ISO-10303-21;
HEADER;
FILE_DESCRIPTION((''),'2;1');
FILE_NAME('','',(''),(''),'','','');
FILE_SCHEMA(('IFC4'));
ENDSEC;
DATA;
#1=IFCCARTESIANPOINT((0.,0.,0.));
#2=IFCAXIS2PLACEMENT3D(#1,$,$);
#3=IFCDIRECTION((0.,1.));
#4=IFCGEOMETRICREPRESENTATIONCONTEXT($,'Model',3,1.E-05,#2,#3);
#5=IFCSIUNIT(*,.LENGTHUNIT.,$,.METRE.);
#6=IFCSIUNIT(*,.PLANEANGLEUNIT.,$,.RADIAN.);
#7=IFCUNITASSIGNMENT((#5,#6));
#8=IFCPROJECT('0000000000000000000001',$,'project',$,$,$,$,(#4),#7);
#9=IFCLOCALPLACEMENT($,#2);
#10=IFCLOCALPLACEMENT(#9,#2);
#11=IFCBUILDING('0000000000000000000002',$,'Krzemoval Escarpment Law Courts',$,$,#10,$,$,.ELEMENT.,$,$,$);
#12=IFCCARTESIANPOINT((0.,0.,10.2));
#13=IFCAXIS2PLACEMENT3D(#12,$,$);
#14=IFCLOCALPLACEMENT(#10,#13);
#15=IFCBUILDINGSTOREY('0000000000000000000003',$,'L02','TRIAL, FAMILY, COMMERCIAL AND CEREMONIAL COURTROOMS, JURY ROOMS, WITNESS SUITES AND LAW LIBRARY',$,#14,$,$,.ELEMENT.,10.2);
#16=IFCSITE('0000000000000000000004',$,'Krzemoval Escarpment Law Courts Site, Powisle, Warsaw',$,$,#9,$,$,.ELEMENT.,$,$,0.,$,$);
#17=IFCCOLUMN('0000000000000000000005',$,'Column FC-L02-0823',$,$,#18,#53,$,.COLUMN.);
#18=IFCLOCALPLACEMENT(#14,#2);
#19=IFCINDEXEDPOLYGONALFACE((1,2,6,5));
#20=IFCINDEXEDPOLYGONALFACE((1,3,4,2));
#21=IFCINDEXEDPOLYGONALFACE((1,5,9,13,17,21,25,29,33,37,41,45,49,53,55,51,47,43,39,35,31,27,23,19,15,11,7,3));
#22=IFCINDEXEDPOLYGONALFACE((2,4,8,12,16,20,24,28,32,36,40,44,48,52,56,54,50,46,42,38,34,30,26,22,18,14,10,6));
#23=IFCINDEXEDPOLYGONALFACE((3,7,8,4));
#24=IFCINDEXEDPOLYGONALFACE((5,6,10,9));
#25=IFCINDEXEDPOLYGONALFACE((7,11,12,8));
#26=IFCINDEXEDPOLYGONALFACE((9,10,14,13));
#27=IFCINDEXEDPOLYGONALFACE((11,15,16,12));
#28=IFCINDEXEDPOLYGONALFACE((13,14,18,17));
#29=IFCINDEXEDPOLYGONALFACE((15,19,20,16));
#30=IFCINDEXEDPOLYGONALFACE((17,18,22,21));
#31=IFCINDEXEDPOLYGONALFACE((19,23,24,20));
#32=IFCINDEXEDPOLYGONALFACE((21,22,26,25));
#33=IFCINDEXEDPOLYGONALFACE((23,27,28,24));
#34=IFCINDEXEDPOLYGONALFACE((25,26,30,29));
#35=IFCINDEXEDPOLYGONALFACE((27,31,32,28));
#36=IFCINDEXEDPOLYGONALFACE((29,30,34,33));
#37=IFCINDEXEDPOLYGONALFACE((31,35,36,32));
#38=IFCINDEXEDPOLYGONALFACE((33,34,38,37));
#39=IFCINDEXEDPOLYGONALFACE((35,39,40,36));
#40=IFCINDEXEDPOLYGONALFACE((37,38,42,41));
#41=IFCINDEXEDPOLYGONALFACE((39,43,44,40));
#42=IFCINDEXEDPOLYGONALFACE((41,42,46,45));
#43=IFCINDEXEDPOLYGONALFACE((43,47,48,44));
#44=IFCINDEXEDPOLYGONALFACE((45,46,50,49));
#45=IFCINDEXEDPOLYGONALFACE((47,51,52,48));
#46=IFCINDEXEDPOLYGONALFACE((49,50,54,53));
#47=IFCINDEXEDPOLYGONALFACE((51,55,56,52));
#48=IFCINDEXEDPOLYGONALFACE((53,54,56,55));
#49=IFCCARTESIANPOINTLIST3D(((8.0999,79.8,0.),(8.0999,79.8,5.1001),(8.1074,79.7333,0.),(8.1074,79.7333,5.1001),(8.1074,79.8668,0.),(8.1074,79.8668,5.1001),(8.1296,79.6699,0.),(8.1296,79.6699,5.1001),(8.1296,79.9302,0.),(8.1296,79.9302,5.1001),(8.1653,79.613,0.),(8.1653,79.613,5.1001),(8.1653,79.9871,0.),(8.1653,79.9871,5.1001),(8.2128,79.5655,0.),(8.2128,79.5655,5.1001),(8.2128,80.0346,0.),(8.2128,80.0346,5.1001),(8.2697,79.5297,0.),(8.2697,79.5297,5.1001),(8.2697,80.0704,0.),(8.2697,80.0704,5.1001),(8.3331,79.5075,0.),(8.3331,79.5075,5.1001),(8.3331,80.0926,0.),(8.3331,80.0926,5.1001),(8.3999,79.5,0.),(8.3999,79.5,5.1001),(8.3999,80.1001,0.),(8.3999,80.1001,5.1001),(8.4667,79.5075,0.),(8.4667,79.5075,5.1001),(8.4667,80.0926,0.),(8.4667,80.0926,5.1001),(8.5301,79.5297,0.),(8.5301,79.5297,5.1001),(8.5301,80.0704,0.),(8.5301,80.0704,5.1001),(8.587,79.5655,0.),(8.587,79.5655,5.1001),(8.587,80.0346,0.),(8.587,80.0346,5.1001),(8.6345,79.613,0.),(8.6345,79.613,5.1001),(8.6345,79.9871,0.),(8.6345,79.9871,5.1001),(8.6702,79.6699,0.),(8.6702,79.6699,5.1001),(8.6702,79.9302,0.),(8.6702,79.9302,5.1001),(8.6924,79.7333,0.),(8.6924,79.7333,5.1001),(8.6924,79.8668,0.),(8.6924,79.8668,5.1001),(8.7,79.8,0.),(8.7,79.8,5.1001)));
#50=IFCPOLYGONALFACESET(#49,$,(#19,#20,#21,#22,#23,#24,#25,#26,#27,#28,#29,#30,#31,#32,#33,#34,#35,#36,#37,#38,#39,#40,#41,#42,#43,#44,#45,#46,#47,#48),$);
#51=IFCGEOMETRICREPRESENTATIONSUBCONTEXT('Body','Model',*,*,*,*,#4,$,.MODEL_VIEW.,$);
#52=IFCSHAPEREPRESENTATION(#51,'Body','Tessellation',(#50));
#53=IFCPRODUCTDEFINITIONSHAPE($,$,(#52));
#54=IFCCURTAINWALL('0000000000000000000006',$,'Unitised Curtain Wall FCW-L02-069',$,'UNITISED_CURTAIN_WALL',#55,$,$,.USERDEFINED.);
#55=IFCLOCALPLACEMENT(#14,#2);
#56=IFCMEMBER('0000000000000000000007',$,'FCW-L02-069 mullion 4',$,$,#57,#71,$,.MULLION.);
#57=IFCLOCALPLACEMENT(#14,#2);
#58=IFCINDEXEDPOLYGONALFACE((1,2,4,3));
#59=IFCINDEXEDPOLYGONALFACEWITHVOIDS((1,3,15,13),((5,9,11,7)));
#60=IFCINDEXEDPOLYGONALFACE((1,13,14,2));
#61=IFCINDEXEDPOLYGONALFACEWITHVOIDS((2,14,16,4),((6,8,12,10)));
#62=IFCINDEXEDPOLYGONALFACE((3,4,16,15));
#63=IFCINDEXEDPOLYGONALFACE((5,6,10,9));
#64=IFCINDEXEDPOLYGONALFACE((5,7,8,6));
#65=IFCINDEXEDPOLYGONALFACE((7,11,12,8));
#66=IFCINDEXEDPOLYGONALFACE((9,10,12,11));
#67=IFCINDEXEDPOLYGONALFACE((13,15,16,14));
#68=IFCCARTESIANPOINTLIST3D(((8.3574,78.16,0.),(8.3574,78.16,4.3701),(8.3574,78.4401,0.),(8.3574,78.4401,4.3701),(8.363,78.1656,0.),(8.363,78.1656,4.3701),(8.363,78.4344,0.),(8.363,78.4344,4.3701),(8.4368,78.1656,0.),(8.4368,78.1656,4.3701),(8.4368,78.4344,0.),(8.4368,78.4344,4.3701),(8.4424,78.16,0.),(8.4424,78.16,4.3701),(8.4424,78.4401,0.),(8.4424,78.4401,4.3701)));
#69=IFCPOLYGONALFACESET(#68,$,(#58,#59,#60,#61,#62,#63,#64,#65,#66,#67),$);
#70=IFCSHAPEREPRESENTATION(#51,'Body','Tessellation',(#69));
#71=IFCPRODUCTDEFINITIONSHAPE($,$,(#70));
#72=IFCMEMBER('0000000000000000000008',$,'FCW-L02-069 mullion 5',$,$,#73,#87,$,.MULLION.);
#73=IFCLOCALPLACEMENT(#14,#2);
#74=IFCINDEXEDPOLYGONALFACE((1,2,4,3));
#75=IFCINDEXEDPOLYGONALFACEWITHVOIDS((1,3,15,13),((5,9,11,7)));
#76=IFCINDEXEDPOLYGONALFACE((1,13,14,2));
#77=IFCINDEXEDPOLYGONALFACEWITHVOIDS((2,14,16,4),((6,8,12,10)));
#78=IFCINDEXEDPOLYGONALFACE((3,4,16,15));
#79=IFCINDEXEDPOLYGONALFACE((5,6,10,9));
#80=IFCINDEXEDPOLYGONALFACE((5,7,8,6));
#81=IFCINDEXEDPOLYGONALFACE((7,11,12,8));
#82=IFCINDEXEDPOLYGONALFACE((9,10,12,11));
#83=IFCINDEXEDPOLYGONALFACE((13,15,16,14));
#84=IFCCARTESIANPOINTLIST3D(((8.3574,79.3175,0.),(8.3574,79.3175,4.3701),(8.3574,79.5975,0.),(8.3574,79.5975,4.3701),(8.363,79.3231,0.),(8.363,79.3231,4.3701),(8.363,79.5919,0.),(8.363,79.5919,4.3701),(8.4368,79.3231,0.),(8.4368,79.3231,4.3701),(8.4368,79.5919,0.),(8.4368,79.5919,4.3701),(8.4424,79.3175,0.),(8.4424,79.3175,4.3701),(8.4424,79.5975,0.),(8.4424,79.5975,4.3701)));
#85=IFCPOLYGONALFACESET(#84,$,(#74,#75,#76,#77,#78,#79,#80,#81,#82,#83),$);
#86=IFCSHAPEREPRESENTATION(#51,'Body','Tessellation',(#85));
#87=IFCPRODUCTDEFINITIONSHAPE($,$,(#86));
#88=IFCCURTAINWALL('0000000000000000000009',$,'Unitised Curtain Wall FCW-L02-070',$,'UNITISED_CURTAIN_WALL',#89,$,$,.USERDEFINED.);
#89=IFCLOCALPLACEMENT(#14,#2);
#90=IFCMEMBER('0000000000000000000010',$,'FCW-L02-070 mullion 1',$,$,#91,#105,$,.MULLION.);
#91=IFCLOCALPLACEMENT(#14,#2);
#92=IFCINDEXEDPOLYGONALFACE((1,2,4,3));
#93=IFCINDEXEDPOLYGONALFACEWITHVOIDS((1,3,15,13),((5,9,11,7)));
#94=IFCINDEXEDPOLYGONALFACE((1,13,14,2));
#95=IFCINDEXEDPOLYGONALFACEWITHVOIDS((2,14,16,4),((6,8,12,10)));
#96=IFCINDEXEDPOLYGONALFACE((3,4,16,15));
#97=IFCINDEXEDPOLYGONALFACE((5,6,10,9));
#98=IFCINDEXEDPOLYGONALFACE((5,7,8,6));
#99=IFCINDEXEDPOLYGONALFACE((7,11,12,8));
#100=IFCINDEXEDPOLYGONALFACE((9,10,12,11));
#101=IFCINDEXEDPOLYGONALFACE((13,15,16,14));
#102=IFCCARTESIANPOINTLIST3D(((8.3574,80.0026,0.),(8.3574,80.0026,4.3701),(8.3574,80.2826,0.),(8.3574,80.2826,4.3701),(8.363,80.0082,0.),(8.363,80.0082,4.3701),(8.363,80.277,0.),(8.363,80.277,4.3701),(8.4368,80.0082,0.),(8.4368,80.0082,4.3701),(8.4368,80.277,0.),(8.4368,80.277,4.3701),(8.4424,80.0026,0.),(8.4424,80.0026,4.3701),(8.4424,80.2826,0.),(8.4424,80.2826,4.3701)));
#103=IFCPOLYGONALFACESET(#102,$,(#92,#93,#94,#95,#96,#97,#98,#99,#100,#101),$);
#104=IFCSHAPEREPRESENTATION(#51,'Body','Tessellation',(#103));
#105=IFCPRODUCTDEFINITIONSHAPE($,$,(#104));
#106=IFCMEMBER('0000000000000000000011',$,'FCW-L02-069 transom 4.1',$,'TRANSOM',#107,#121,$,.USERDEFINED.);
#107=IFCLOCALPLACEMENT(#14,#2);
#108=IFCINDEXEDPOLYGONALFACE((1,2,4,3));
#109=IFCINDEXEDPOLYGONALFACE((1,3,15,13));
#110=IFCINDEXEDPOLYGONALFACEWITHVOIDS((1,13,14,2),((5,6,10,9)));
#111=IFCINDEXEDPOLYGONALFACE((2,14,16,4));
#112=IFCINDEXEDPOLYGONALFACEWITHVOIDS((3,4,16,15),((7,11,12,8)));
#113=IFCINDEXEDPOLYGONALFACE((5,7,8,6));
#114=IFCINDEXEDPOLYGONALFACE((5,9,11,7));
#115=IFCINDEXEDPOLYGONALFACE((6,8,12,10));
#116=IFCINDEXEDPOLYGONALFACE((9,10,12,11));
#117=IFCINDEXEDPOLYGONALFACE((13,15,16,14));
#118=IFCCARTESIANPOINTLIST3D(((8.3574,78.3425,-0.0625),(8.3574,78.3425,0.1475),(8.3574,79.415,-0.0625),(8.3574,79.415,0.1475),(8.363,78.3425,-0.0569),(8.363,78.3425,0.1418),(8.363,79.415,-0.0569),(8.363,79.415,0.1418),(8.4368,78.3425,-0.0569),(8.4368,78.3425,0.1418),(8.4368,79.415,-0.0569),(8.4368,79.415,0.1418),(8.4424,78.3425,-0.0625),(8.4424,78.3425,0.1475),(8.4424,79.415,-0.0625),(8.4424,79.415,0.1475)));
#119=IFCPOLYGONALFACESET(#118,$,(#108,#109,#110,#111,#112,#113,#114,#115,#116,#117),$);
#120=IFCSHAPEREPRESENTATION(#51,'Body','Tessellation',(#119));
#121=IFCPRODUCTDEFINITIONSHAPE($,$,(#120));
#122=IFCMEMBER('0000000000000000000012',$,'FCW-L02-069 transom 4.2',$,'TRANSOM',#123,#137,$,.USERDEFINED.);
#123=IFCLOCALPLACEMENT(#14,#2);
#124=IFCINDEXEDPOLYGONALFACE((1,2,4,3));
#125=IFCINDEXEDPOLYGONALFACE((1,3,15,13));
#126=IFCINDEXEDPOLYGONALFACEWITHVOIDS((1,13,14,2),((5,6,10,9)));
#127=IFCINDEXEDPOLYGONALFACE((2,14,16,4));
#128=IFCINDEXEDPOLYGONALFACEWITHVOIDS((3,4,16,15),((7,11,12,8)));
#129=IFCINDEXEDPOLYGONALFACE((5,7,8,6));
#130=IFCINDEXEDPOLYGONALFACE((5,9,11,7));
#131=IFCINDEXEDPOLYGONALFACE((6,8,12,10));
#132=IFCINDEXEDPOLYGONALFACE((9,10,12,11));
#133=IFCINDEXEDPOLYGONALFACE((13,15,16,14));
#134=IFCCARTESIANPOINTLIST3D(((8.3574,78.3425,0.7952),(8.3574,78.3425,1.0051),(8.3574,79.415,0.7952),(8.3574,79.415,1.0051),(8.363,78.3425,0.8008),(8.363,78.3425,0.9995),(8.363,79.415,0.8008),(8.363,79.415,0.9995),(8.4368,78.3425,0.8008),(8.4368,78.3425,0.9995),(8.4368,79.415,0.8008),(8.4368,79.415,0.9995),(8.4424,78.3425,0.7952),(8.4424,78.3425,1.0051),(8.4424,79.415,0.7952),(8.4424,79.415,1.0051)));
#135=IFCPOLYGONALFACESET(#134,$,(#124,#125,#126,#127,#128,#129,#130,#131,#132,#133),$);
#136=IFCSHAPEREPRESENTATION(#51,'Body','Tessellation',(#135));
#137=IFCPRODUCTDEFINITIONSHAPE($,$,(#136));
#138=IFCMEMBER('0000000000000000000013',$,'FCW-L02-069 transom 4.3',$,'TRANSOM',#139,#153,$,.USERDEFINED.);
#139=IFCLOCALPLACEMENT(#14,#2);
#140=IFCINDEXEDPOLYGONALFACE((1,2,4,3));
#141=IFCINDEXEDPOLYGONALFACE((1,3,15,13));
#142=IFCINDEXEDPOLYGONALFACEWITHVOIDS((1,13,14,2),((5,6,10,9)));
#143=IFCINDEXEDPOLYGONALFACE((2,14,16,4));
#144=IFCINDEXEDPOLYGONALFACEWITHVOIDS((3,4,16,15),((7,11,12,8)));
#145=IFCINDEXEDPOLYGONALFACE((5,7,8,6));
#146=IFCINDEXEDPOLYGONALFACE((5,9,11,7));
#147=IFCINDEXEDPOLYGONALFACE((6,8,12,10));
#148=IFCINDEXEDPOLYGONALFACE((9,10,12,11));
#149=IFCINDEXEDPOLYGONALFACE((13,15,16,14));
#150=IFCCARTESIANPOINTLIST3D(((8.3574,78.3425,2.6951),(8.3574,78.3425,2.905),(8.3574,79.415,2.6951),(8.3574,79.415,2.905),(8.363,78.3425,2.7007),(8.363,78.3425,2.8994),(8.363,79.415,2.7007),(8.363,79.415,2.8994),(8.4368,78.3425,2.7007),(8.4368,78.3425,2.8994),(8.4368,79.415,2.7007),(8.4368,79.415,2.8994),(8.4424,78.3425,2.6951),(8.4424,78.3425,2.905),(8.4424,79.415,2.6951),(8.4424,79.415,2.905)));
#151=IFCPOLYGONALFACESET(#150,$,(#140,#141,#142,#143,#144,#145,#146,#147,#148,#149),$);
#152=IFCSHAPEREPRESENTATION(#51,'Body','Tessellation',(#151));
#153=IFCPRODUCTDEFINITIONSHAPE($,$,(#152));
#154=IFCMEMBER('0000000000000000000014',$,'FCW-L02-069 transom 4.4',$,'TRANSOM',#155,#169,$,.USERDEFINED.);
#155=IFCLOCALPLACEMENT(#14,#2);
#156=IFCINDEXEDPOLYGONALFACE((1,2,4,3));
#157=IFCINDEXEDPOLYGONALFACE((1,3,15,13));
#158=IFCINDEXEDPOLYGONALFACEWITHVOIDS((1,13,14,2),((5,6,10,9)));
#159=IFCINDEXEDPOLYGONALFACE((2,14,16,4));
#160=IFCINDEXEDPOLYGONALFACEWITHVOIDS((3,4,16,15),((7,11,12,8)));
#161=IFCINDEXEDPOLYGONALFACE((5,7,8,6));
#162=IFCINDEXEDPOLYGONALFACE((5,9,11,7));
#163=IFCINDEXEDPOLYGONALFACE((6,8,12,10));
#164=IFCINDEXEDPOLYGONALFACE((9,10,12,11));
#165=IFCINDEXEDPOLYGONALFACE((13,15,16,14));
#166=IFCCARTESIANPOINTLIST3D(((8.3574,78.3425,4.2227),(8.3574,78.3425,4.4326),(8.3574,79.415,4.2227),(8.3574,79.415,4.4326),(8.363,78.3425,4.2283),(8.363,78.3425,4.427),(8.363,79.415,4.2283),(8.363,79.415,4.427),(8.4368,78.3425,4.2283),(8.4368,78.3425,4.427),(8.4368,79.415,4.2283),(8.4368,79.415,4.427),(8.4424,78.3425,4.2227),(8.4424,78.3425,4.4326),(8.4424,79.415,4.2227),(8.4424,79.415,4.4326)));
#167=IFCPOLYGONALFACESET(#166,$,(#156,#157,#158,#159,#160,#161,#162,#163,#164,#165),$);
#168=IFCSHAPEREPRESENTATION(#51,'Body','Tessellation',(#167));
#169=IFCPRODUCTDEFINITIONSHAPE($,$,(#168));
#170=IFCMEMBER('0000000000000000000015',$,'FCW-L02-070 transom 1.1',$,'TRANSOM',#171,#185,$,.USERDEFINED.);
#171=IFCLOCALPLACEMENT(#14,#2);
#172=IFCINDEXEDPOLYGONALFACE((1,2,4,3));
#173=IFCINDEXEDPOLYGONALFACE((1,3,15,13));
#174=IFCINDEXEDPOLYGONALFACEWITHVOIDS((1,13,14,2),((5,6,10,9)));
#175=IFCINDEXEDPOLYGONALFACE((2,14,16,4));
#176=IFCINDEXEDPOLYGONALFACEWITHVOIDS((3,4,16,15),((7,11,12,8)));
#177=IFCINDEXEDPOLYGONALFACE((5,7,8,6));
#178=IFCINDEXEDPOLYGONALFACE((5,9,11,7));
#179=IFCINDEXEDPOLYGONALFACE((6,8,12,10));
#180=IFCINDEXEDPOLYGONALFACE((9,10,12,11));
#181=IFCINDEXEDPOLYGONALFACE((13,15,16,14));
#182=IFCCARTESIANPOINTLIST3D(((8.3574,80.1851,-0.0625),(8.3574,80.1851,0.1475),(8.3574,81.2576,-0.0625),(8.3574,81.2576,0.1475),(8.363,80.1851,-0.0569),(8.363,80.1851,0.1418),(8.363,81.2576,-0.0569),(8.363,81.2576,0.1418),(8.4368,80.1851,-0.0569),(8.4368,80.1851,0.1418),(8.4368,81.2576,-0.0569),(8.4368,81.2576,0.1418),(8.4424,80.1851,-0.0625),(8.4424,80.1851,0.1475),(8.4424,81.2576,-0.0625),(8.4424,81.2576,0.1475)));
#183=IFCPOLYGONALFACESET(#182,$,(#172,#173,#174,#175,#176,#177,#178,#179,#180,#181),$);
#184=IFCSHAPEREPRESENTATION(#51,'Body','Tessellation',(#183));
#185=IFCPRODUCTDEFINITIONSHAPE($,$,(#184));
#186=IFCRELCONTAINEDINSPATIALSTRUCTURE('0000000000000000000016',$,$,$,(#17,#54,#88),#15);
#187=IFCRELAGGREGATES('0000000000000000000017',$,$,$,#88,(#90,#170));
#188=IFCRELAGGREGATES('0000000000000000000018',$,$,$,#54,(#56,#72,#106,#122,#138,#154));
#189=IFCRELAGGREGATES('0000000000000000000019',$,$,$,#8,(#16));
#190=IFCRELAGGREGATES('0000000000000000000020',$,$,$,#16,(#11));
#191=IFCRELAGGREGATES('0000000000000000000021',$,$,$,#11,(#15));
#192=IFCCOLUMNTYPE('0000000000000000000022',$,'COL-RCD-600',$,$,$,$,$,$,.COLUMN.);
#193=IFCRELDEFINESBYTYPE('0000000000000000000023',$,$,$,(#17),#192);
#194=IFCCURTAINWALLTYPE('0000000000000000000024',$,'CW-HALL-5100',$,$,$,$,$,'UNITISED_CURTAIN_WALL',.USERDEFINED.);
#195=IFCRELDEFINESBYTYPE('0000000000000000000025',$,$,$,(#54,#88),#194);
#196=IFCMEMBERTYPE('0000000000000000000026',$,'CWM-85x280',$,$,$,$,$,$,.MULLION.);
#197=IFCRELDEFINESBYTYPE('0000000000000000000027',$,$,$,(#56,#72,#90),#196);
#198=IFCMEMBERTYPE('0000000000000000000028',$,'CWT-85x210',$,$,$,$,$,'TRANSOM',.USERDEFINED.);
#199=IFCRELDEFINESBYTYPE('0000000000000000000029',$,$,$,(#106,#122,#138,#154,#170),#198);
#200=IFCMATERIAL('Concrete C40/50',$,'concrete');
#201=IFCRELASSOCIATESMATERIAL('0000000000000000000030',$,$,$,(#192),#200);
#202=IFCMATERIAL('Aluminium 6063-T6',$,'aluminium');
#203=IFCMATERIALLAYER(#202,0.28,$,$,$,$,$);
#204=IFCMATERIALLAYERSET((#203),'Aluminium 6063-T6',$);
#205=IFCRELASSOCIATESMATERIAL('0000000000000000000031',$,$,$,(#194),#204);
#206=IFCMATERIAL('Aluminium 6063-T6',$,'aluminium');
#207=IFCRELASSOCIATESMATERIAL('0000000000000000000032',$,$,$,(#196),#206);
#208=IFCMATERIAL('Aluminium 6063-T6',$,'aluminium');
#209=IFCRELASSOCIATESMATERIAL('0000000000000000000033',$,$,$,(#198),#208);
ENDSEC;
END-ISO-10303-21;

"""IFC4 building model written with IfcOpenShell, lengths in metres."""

from ifc_helpers import new_model, si_unit, direction, frame, origin, origin_2d, place, context, subcontext, project, spatial, hollow_rectangle, circle, extrude, material, layer, layer_set, material_profile, profile_set, type_object, element, aggregate, save


model = new_model("IFC4")

# Units and contexts
model_context = context("Model", 3, precision=1e-05, world=origin(), true_north=direction((0.0, 1.0)))
body_context = subcontext(model_context, "Body", "Model", "MODEL_VIEW")
ifc_project = project(units=[si_unit("LENGTHUNIT", "METRE"), si_unit("PLANEANGLEUNIT", "RADIAN")], contexts=[model_context])

# Site, building, storey
site_placement = place(None, origin())
site = spatial("IfcSite", under=ifc_project, at=site_placement, Name="Krzemoval Escarpment Law Courts Site, Powisle, Warsaw", CompositionType="ELEMENT", RefElevation=0.0)
building_placement = place(site_placement, origin())
building = spatial("IfcBuilding", under=site, at=building_placement, Name="Krzemoval Escarpment Law Courts", CompositionType="ELEMENT")
storey_placement = place(building_placement, frame((0.0, 0.0, 10.2)))
storey = spatial("IfcBuildingStorey", under=building, at=storey_placement, Name="L02", Description="TRIAL, FAMILY, COMMERCIAL AND CEREMONIAL COURTROOMS, JURY ROOMS, WITNESS SUITES AND LAW LIBRARY", CompositionType="ELEMENT", Elevation=10.2)

# Column
ifc_material_1 = material(Name="Concrete C40/50", Category="concrete")
ifc_material_profile_1 = material_profile(ifc_material_1, circle(Radius=0.3, at=origin_2d()), Name="RC D600")
ifc_profile_set_1 = profile_set([ifc_material_profile_1], Name="Concrete C40/50")
column_type = type_object("IfcColumnType", Name="COL-RCD-600", PredefinedType="COLUMN", material=ifc_profile_set_1)
column_placement = place(storey_placement, frame((8.3999, 79.8, 0.0), z_axis=(0.0, 0.0, 1.0), x_axis=(1.0, 0.0, 0.0)))
element("IfcColumn", 1, at=column_placement, inside=storey, type_object=column_type, Name="Column FC-L02-0823", PredefinedType="COLUMN", context=body_context, shape_type="SweptSolid", body=[
    extrude(circle(Radius=0.3, at=origin_2d()), origin(), (0.0, 0.0, 1.0), 5.1001),
])

# Curtain wall, members
ifc_material_2 = material(Name="Aluminium 6063-T6", Category="aluminium")
ifc_layer_1 = layer(ifc_material_2, 0.28)
ifc_layer_set_1 = layer_set([ifc_layer_1], Name="Aluminium 6063-T6")
curtain_wall_type = type_object("IfcCurtainWallType", Name="CW-HALL-5100", ElementType="UNITISED_CURTAIN_WALL", PredefinedType="USERDEFINED", material=ifc_layer_set_1)
curtain_wall_1_placement = place(storey_placement, origin())
curtain_wall_1 = element("IfcCurtainWall", 2, at=curtain_wall_1_placement, inside=storey, type_object=curtain_wall_type, Name="Unitised Curtain Wall FCW-L02-069", ObjectType="UNITISED_CURTAIN_WALL", PredefinedType="USERDEFINED")
ifc_material_3 = material(Name="Aluminium 6063-T6", Category="aluminium")
ifc_material_profile_2 = material_profile(ifc_material_3, hollow_rectangle(XDim=0.085, YDim=0.28, WallThickness=0.0056, at=origin_2d()), Name="ALU M85x280")
ifc_profile_set_2 = profile_set([ifc_material_profile_2], Name="Aluminium 6063-T6")
member_type_1 = type_object("IfcMemberType", Name="CWM-85x280", PredefinedType="MULLION", material=ifc_profile_set_2)
member_1_placement = place(storey_placement, frame((8.3999, 78.3, 0.0), z_axis=(0.0, 0.0, 1.0), x_axis=(-1.0, 0.0, 0.0)))
member_1 = element("IfcMember", 3, at=member_1_placement, type_object=member_type_1, Name="FCW-L02-069 mullion 4", PredefinedType="MULLION", context=body_context, shape_type="SweptSolid", body=[
    extrude(hollow_rectangle(XDim=0.085, YDim=0.28, WallThickness=0.0056, at=origin_2d()), origin(), (0.0, 0.0, 1.0), 4.3701),
])
member_2_placement = place(storey_placement, frame((8.3999, 79.4575, 0.0), z_axis=(0.0, 0.0, 1.0), x_axis=(-1.0, 0.0, 0.0)))
member_2 = element("IfcMember", 4, at=member_2_placement, type_object=member_type_1, Name="FCW-L02-069 mullion 5", PredefinedType="MULLION", context=body_context, shape_type="SweptSolid", body=[
    extrude(hollow_rectangle(XDim=0.085, YDim=0.28, WallThickness=0.0056, at=origin_2d()), origin(), (0.0, 0.0, 1.0), 4.3701),
])

# Curtain wall, member
curtain_wall_2_placement = place(storey_placement, origin())
curtain_wall_2 = element("IfcCurtainWall", 5, at=curtain_wall_2_placement, inside=storey, type_object=curtain_wall_type, Name="Unitised Curtain Wall FCW-L02-070", ObjectType="UNITISED_CURTAIN_WALL", PredefinedType="USERDEFINED")
member_3_placement = place(storey_placement, frame((8.3999, 80.1426, 0.0), z_axis=(0.0, 0.0, 1.0), x_axis=(-1.0, 0.0, 0.0)))
member_3 = element("IfcMember", 6, at=member_3_placement, type_object=member_type_1, Name="FCW-L02-070 mullion 1", PredefinedType="MULLION", context=body_context, shape_type="SweptSolid", body=[
    extrude(hollow_rectangle(XDim=0.085, YDim=0.28, WallThickness=0.0056, at=origin_2d()), origin(), (0.0, 0.0, 1.0), 4.3701),
])

# Members
ifc_material_4 = material(Name="Aluminium 6063-T6", Category="aluminium")
ifc_material_profile_3 = material_profile(ifc_material_4, hollow_rectangle(XDim=0.085, YDim=0.21, WallThickness=0.0056, at=origin_2d()), Name="ALU T85x210")
ifc_profile_set_3 = profile_set([ifc_material_profile_3], Name="Aluminium 6063-T6")
member_type_2 = type_object("IfcMemberType", Name="CWT-85x210", ElementType="TRANSOM", PredefinedType="USERDEFINED", material=ifc_profile_set_3)
member_4_placement = place(storey_placement, frame((8.3999, 78.3425, 0.0425), z_axis=(0.0, 1.0, 0.0), x_axis=(-1.0, 0.0, 0.0)))
member_4 = element("IfcMember", 7, at=member_4_placement, type_object=member_type_2, Name="FCW-L02-069 transom 4.1", ObjectType="TRANSOM", PredefinedType="USERDEFINED", context=body_context, shape_type="SweptSolid", body=[
    extrude(hollow_rectangle(XDim=0.085, YDim=0.21, WallThickness=0.0056, at=origin_2d()), origin(), (0.0, 0.0, 1.0), 1.0725),
])
member_5_placement = place(storey_placement, frame((8.3999, 78.3425, 0.9001), z_axis=(0.0, 1.0, 0.0), x_axis=(-1.0, 0.0, 0.0)))
member_5 = element("IfcMember", 8, at=member_5_placement, type_object=member_type_2, Name="FCW-L02-069 transom 4.2", ObjectType="TRANSOM", PredefinedType="USERDEFINED", context=body_context, shape_type="SweptSolid", body=[
    extrude(hollow_rectangle(XDim=0.085, YDim=0.21, WallThickness=0.0056, at=origin_2d()), origin(), (0.0, 0.0, 1.0), 1.0725),
])
member_6_placement = place(storey_placement, frame((8.3999, 78.3425, 2.8), z_axis=(0.0, 1.0, 0.0), x_axis=(-1.0, 0.0, 0.0)))
member_6 = element("IfcMember", 9, at=member_6_placement, type_object=member_type_2, Name="FCW-L02-069 transom 4.3", ObjectType="TRANSOM", PredefinedType="USERDEFINED", context=body_context, shape_type="SweptSolid", body=[
    extrude(hollow_rectangle(XDim=0.085, YDim=0.21, WallThickness=0.0056, at=origin_2d()), origin(), (0.0, 0.0, 1.0), 1.0725),
])
member_7_placement = place(storey_placement, frame((8.3999, 78.3425, 4.3276), z_axis=(0.0, 1.0, 0.0), x_axis=(-1.0, 0.0, 0.0)))
member_7 = element("IfcMember", 10, at=member_7_placement, type_object=member_type_2, Name="FCW-L02-069 transom 4.4", ObjectType="TRANSOM", PredefinedType="USERDEFINED", context=body_context, shape_type="SweptSolid", body=[
    extrude(hollow_rectangle(XDim=0.085, YDim=0.21, WallThickness=0.0056, at=origin_2d()), origin(), (0.0, 0.0, 1.0), 1.0725),
])
member_8_placement = place(storey_placement, frame((8.3999, 80.1851, 0.0425), z_axis=(0.0, 1.0, 0.0), x_axis=(-1.0, 0.0, 0.0)))
member_8 = element("IfcMember", 11, at=member_8_placement, type_object=member_type_2, Name="FCW-L02-070 transom 1.1", ObjectType="TRANSOM", PredefinedType="USERDEFINED", context=body_context, shape_type="SweptSolid", body=[
    extrude(hollow_rectangle(XDim=0.085, YDim=0.21, WallThickness=0.0056, at=origin_2d()), origin(), (0.0, 0.0, 1.0), 1.0725),
])
aggregate(curtain_wall_2, [member_3, member_8])

aggregate(curtain_wall_1, [member_1, member_2, member_4, member_5, member_6, member_7])

save(model, "model.ifc")
